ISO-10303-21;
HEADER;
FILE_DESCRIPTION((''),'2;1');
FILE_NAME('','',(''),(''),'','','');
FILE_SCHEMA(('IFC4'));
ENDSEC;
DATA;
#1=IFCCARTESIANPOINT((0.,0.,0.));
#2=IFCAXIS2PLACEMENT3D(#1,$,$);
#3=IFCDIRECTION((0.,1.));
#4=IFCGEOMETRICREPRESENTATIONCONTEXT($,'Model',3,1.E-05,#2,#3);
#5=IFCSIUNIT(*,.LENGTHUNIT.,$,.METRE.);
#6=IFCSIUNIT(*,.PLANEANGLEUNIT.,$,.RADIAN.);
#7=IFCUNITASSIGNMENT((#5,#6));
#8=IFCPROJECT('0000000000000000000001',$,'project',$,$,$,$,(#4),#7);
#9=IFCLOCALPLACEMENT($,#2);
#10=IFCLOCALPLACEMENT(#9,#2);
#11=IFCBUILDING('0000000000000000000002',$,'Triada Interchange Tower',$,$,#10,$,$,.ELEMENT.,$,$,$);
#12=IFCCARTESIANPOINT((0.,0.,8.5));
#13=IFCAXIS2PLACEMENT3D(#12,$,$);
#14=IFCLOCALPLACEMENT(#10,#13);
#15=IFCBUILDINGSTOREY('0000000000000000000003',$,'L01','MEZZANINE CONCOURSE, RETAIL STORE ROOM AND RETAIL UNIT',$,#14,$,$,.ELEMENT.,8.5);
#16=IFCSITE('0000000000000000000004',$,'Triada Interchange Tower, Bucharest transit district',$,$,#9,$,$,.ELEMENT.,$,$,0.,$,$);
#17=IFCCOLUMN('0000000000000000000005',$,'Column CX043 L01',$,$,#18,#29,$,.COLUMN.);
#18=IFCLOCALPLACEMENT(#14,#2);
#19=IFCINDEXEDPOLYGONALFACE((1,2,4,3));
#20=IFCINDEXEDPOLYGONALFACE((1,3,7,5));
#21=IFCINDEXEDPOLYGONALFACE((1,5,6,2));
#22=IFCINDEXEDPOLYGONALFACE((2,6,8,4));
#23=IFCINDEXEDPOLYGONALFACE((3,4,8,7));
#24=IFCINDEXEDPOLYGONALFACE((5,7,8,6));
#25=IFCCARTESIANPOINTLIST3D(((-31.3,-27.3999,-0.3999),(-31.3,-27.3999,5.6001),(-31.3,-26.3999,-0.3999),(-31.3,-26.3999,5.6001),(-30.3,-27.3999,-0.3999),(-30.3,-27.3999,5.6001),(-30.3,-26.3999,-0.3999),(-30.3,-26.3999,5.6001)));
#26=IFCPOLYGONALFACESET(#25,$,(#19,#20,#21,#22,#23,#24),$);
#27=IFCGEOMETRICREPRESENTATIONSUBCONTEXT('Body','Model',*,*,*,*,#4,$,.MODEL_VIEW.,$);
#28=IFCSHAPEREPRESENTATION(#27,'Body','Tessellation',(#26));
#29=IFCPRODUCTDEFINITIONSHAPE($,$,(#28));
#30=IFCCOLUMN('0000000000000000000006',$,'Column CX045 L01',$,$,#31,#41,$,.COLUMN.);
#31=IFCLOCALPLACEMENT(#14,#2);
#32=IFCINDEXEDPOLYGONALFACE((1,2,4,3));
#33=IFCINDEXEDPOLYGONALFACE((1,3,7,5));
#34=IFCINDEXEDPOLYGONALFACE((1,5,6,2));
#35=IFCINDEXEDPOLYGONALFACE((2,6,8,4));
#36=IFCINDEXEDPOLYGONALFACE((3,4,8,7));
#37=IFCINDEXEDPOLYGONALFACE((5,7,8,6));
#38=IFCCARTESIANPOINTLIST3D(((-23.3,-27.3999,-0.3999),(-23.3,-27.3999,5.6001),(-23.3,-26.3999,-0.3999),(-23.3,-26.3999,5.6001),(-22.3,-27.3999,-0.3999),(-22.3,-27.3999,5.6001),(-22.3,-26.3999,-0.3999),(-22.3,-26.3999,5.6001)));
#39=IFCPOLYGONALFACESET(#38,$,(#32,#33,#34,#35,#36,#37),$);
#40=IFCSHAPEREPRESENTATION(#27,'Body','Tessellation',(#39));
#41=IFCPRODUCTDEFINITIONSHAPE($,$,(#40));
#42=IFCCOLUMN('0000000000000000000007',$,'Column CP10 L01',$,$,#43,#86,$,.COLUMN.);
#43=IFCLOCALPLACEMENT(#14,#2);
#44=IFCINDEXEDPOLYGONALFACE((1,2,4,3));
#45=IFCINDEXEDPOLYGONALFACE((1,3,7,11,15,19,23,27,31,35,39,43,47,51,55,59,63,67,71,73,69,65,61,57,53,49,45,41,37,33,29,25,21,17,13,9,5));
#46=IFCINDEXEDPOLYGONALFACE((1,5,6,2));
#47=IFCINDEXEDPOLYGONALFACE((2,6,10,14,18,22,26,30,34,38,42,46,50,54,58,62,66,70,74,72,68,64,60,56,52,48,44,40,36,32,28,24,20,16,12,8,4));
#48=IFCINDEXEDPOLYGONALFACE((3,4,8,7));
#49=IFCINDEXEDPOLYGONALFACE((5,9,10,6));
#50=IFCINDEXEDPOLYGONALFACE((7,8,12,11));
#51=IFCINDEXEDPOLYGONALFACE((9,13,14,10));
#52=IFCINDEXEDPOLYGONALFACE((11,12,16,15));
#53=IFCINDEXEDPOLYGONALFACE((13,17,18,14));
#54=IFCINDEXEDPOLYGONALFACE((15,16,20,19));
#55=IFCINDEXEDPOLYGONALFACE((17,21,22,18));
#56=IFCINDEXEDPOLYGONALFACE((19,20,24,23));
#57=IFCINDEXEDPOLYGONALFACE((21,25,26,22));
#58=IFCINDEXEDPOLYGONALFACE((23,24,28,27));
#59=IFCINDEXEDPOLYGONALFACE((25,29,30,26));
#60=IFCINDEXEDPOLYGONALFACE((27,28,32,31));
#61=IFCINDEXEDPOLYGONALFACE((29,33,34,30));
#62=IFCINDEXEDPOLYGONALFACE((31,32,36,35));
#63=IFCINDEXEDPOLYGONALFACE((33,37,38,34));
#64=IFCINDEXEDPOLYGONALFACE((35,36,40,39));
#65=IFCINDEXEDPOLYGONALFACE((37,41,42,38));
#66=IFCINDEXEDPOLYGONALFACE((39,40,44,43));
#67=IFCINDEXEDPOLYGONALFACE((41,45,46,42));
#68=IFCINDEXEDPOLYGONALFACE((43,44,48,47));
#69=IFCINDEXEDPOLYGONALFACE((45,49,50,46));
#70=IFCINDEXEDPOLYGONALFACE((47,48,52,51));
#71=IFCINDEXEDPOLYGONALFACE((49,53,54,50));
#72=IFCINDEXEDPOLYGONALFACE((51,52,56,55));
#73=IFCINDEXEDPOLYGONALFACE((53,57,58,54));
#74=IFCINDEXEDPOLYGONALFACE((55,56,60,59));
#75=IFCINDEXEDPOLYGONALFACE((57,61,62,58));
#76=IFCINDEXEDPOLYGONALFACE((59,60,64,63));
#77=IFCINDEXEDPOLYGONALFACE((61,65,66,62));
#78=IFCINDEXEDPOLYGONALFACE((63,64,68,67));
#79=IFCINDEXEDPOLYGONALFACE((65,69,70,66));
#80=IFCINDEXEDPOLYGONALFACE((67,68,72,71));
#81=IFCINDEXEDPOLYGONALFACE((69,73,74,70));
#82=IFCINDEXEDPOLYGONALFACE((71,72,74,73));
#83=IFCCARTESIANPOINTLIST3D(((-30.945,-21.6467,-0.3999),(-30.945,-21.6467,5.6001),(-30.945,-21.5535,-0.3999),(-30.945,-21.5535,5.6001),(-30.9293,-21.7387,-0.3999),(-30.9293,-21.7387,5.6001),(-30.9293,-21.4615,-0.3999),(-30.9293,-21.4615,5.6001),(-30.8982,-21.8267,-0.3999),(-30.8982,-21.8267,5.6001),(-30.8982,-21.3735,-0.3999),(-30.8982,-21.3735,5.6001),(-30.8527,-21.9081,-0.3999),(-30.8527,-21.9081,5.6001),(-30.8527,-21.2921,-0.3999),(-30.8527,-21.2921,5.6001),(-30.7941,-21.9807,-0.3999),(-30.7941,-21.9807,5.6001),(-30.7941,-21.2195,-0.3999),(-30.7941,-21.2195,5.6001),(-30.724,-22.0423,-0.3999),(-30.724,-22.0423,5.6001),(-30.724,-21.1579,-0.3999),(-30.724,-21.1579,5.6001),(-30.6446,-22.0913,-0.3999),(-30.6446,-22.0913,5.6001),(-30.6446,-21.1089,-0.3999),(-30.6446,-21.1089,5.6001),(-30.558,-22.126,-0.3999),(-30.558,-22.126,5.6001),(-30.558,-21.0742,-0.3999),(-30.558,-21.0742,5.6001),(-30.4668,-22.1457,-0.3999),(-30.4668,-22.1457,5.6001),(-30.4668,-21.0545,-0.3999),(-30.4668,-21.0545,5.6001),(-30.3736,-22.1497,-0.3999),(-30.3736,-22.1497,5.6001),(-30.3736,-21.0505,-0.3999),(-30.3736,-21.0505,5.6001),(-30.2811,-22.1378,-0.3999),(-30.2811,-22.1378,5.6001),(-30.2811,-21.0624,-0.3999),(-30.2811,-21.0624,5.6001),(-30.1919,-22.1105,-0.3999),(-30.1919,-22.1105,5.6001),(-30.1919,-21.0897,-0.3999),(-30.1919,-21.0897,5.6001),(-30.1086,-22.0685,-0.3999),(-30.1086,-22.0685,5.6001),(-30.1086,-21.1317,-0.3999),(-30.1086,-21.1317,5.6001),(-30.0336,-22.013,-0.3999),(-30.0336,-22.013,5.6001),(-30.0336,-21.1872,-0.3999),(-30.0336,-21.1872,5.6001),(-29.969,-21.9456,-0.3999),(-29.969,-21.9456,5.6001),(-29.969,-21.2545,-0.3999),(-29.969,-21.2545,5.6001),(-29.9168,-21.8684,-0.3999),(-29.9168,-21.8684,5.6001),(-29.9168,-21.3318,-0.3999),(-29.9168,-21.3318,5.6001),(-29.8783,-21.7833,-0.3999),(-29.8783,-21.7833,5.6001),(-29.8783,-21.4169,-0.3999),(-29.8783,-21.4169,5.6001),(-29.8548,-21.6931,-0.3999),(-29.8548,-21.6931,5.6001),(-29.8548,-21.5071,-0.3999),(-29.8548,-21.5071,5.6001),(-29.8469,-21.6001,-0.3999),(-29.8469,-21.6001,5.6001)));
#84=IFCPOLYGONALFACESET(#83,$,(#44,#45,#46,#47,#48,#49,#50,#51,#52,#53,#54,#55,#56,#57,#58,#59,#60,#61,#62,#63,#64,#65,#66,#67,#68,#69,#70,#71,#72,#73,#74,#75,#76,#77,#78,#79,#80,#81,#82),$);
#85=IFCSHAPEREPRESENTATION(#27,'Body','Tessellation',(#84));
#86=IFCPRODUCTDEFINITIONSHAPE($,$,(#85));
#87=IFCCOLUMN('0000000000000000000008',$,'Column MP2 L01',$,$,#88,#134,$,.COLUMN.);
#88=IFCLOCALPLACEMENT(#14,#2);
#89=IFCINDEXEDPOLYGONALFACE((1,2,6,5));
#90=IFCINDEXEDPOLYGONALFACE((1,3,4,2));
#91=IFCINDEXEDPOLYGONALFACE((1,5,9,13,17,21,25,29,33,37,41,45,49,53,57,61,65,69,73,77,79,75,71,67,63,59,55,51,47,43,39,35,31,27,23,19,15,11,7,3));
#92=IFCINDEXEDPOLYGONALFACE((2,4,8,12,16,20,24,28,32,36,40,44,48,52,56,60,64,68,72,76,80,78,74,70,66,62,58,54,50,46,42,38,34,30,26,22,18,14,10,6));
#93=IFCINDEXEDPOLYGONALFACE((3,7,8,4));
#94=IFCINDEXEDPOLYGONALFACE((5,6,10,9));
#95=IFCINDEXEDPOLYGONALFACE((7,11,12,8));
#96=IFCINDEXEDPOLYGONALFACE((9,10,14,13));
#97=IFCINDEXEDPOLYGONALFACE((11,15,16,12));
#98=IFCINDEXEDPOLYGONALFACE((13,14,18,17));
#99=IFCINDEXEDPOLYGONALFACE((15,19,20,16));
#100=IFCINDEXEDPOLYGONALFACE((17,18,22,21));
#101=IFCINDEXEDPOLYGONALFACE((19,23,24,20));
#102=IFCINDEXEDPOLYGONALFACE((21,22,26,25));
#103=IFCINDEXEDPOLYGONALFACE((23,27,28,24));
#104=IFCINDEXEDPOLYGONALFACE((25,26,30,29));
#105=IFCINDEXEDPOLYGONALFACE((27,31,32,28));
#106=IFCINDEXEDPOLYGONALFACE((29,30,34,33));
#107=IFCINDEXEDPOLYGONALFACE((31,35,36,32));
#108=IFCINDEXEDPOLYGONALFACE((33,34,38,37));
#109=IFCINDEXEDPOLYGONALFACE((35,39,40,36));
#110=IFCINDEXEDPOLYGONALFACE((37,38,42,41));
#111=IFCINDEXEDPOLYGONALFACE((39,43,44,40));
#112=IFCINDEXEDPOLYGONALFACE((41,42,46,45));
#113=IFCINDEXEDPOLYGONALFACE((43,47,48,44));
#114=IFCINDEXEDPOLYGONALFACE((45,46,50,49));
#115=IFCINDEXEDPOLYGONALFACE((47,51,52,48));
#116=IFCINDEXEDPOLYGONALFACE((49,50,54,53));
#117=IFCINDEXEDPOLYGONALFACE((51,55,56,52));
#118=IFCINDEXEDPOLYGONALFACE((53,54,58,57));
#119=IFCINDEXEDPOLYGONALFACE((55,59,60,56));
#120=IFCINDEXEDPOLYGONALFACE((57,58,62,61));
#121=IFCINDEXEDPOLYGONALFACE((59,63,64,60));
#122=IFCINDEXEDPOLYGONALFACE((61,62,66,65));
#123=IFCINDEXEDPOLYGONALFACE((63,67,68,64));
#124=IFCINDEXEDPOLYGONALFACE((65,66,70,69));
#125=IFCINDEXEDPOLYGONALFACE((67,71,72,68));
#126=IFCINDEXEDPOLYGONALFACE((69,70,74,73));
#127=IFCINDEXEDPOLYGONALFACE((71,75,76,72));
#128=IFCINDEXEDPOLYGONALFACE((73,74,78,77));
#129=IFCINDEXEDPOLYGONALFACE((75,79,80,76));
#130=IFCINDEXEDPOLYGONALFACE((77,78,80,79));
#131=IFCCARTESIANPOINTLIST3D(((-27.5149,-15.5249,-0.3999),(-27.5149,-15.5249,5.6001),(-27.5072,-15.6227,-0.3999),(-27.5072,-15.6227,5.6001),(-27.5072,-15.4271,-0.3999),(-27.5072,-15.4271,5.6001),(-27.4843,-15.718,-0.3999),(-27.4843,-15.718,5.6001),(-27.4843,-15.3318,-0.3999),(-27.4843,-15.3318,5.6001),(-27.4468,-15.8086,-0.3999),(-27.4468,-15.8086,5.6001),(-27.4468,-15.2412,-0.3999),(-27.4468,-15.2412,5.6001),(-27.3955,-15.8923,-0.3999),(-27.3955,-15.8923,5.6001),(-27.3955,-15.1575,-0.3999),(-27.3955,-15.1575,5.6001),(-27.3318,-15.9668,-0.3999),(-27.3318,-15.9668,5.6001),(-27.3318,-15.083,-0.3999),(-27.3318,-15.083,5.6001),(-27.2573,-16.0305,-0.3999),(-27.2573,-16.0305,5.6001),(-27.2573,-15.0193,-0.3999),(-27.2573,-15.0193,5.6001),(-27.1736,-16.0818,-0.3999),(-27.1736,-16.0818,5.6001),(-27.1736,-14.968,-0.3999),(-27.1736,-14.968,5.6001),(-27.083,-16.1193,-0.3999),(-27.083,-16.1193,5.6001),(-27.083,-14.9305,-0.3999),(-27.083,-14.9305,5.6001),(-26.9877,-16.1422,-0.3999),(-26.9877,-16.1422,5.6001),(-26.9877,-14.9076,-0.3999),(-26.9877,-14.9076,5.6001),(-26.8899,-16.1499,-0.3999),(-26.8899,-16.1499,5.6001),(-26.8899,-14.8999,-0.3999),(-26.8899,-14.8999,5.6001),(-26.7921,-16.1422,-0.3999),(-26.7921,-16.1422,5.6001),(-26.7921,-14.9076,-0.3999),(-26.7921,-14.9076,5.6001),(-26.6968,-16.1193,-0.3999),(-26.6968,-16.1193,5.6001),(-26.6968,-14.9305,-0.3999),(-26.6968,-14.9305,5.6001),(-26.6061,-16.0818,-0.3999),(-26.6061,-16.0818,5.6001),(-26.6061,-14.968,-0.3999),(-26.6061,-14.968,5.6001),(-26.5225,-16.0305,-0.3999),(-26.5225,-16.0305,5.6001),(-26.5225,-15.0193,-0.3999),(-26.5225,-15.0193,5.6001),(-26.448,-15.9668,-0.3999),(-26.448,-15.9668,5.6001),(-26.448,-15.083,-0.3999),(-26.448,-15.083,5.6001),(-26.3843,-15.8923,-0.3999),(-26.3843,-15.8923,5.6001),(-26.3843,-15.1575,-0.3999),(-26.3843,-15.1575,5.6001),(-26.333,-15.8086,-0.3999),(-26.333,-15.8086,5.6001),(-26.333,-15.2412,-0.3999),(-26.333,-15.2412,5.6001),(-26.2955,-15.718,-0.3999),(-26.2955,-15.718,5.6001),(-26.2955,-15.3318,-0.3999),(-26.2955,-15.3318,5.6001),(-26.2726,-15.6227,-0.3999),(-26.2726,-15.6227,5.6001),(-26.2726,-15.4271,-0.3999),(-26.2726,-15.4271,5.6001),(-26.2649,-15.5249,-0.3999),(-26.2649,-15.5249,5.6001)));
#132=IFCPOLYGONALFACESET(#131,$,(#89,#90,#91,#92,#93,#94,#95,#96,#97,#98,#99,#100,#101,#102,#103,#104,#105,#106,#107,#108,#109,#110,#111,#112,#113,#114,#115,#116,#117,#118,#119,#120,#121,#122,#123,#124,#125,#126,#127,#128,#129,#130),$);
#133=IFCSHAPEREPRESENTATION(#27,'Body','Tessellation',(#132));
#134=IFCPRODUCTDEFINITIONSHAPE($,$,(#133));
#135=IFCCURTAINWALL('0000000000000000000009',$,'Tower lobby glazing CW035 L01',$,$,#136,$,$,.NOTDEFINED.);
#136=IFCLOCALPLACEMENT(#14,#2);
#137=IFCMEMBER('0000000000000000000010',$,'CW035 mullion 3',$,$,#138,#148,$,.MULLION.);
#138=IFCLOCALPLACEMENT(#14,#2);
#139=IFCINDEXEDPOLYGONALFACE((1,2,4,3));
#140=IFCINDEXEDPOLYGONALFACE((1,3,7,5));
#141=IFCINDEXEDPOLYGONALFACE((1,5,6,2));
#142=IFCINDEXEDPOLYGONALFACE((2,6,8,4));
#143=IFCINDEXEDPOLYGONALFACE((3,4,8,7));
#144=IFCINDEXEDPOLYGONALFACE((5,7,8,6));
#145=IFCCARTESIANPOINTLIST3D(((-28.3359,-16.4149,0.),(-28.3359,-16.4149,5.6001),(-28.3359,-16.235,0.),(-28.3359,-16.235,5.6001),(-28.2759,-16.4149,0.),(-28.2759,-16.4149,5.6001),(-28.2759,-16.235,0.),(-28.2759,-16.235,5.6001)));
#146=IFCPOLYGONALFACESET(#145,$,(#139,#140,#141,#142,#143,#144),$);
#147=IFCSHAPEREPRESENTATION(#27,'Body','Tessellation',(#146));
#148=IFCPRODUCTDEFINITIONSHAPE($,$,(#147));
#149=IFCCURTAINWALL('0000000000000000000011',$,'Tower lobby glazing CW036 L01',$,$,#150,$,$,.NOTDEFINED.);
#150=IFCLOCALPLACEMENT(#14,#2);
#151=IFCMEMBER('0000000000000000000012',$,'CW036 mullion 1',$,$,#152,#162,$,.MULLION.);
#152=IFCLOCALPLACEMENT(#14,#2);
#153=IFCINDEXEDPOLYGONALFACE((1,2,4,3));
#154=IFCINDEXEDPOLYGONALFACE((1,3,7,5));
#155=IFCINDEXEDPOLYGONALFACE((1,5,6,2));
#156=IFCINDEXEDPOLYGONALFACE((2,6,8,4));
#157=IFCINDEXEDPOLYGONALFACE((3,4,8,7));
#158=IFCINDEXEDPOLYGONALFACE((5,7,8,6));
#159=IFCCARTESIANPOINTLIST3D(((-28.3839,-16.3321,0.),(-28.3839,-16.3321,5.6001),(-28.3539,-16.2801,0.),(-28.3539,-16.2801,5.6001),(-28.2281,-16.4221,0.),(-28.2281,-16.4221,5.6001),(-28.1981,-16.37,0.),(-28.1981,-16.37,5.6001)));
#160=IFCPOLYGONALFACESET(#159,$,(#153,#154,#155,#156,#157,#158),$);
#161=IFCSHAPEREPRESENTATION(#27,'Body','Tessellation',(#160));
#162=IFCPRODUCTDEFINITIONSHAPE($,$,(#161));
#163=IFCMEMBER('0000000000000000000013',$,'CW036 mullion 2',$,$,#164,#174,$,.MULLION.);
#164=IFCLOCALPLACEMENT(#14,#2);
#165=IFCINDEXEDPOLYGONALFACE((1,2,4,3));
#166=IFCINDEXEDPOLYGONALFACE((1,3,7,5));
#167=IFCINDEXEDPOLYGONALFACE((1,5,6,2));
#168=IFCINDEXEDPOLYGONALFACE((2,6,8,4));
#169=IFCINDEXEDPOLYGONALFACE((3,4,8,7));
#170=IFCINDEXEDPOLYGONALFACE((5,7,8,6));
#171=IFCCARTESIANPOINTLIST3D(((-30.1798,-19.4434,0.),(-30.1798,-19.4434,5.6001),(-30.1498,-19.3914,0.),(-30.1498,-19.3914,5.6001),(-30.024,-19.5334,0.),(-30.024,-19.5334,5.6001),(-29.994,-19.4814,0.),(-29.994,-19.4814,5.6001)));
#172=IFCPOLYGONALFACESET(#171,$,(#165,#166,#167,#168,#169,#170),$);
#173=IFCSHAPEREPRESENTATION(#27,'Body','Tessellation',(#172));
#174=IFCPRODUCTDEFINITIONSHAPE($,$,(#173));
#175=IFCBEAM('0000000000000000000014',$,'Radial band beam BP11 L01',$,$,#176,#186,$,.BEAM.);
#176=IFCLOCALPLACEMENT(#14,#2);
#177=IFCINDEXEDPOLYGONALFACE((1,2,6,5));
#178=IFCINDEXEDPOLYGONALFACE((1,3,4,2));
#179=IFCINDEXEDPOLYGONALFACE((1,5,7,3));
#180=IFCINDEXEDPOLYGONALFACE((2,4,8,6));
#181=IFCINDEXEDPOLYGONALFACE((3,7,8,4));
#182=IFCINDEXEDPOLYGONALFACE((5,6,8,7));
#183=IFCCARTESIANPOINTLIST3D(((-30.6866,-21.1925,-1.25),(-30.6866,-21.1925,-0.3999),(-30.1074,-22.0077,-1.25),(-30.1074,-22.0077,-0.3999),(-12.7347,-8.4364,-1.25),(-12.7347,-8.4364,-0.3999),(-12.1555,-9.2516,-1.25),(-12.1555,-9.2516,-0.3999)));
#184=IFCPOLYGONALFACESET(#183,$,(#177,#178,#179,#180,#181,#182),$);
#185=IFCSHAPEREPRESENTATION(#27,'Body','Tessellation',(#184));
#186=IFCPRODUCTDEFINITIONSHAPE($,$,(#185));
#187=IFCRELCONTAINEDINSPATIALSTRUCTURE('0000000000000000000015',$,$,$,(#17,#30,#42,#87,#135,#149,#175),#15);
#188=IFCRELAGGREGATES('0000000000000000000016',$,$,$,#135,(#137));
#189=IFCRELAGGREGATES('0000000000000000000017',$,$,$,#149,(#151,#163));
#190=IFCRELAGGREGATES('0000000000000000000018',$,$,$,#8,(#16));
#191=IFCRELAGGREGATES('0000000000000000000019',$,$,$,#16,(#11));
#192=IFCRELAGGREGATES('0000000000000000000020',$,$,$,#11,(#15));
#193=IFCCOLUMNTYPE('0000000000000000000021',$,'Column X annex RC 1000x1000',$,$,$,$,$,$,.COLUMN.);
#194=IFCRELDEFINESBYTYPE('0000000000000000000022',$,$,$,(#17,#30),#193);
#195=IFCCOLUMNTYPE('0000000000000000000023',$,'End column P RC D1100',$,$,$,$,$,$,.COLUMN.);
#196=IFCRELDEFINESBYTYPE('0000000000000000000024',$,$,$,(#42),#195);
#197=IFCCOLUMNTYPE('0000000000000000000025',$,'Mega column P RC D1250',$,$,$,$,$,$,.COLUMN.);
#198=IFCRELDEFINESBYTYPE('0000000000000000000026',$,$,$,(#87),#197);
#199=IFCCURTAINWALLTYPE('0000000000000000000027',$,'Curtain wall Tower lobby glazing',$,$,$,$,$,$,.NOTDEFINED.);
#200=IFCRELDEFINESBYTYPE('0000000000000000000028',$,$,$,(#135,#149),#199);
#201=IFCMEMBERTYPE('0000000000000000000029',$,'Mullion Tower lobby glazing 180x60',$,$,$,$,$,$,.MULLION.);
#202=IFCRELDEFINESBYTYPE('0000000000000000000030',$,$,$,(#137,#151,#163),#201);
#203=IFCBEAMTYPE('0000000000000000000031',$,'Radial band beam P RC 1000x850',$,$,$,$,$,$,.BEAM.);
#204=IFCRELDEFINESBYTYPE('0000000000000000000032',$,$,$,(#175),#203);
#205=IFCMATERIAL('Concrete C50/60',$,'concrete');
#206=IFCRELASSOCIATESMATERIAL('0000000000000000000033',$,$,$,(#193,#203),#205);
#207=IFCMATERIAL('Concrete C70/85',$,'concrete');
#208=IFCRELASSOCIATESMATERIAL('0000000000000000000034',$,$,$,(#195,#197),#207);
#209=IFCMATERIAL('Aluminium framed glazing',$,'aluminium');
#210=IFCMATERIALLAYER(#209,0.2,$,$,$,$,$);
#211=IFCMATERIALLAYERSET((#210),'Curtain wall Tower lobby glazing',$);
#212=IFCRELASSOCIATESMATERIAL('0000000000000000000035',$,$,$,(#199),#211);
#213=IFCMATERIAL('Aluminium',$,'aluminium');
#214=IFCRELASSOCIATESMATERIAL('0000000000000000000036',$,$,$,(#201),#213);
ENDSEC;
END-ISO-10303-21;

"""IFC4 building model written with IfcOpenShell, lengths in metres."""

from ifc_helpers import new_model, si_unit, direction, frame, origin, origin_2d, place, context, subcontext, project, spatial, rectangle, circle, extrude, material, layer, layer_set, material_profile, profile_set, type_object, element, aggregate, save


model = new_model("IFC4")

# Units and contexts
model_context = context("Model", 3, precision=1e-05, world=origin(), true_north=direction((0.0, 1.0)))
body_context = subcontext(model_context, "Body", "Model", "MODEL_VIEW")
ifc_project = project(units=[si_unit("LENGTHUNIT", "METRE"), si_unit("PLANEANGLEUNIT", "RADIAN")], contexts=[model_context])

# Site, building, storey
site_placement = place(None, origin())
site = spatial("IfcSite", under=ifc_project, at=site_placement, Name="Triada Interchange Tower, Bucharest transit district", CompositionType="ELEMENT", RefElevation=0.0)
building_placement = place(site_placement, origin())
building = spatial("IfcBuilding", under=site, at=building_placement, Name="Triada Interchange Tower", CompositionType="ELEMENT")
storey_placement = place(building_placement, frame((0.0, 0.0, 8.5)))
storey = spatial("IfcBuildingStorey", under=building, at=storey_placement, Name="L01", Description="MEZZANINE CONCOURSE, RETAIL STORE ROOM AND RETAIL UNIT", CompositionType="ELEMENT", Elevation=8.5)

# Columns
ifc_material_1 = material(Name="Concrete C50/60", Category="concrete")
ifc_material_profile_1 = material_profile(ifc_material_1, rectangle(XDim=1.0, YDim=1.0, at=origin_2d()), Name="RC 1000x1000")
ifc_profile_set_1 = profile_set([ifc_material_profile_1], Name="Concrete C50/60")
column_type_1 = type_object("IfcColumnType", Name="Column X annex RC 1000x1000", PredefinedType="COLUMN", material=ifc_profile_set_1)
for number, where, z_axis, x_axis, name in (
    (1, (-30.8, -26.8999, -0.3999), (0.0, 0.0, 1.0), (1.0, 0.0, 0.0), "Column CX043 L01"),
    (2, (-22.8, -26.8999, -0.3999), (0.0, 0.0, 1.0), (1.0, 0.0, 0.0), "Column CX045 L01"),
):
    element("IfcColumn", number, at=place(storey_placement, frame(where, z_axis=z_axis, x_axis=x_axis)), inside=storey, type_object=column_type_1, Name=name, PredefinedType="COLUMN", context=body_context, shape_type="SweptSolid", body=[
        extrude(rectangle(XDim=1.0, YDim=1.0, at=origin_2d()), origin(), (0.0, 0.0, 1.0), 6.0),
    ])
ifc_material_2 = material(Name="Concrete C70/85", Category="concrete")
ifc_material_profile_2 = material_profile(ifc_material_2, circle(Radius=0.55, at=origin_2d()), Name="RC D1100")
ifc_profile_set_2 = profile_set([ifc_material_profile_2], Name="Concrete C70/85")
column_type_2 = type_object("IfcColumnType", Name="End column P RC D1100", PredefinedType="COLUMN", material=ifc_profile_set_2)
column_1_placement = place(storey_placement, frame((-30.397, -21.6001, -0.3999), z_axis=(0.0, 0.0, 1.0), x_axis=(1.0, 0.0, 0.0)))
element("IfcColumn", 3, at=column_1_placement, inside=storey, type_object=column_type_2, Name="Column CP10 L01", PredefinedType="COLUMN", context=body_context, shape_type="SweptSolid", body=[
    extrude(circle(Radius=0.55, at=origin_2d()), origin(), (0.0, 0.0, 1.0), 6.0),
])
ifc_material_profile_3 = material_profile(ifc_material_2, circle(Radius=0.625, at=origin_2d()), Name="RC D1250")
ifc_profile_set_3 = profile_set([ifc_material_profile_3], Name="Concrete C70/85")
column_type_3 = type_object("IfcColumnType", Name="Mega column P RC D1250", PredefinedType="COLUMN", material=ifc_profile_set_3)
column_2_placement = place(storey_placement, frame((-26.8899, -15.5249, -0.3999), z_axis=(0.0, 0.0, 1.0), x_axis=(1.0, 0.0, 0.0)))
element("IfcColumn", 4, at=column_2_placement, inside=storey, type_object=column_type_3, Name="Column MP2 L01", PredefinedType="COLUMN", context=body_context, shape_type="SweptSolid", body=[
    extrude(circle(Radius=0.625, at=origin_2d()), origin(), (0.0, 0.0, 1.0), 6.0),
])

# Curtain wall, member
ifc_material_3 = material(Name="Aluminium framed glazing", Category="aluminium")
ifc_layer_1 = layer(ifc_material_3, 0.2)
ifc_layer_set_1 = layer_set([ifc_layer_1], Name="Curtain wall Tower lobby glazing")
curtain_wall_type = type_object("IfcCurtainWallType", Name="Curtain wall Tower lobby glazing", PredefinedType="NOTDEFINED", material=ifc_layer_set_1)
curtain_wall_1_placement = place(storey_placement, origin())
curtain_wall_1 = element("IfcCurtainWall", 5, at=curtain_wall_1_placement, inside=storey, type_object=curtain_wall_type, Name="Tower lobby glazing CW035 L01", PredefinedType="NOTDEFINED")
ifc_material_4 = material(Name="Aluminium", Category="aluminium")
ifc_material_profile_4 = material_profile(ifc_material_4, rectangle(XDim=0.1799, YDim=0.0601, at=origin_2d()), Name="Aluminium mullion")
ifc_profile_set_4 = profile_set([ifc_material_profile_4], Name="Aluminium")
member_type_1 = type_object("IfcMemberType", Name="Mullion Tower lobby glazing 180x60", PredefinedType="MULLION", material=ifc_profile_set_4)
member_1_placement = place(storey_placement, frame((-28.3059, -16.325, 0.0), z_axis=(0.0, 0.0, 1.0), x_axis=(0.0, 1.0, 0.0)))
member_1 = element("IfcMember", 6, at=member_1_placement, type_object=member_type_1, Name="CW035 mullion 3", PredefinedType="MULLION", context=body_context, shape_type="SweptSolid", body=[
    extrude(rectangle(XDim=0.1799, YDim=0.0601, at=origin_2d()), origin(), (0.0, 0.0, 1.0), 5.6001),
])

# Curtain wall, members
curtain_wall_2_placement = place(storey_placement, origin())
curtain_wall_2 = element("IfcCurtainWall", 7, at=curtain_wall_2_placement, inside=storey, type_object=curtain_wall_type, Name="Tower lobby glazing CW036 L01", PredefinedType="NOTDEFINED")
member_2_placement = place(storey_placement, frame((-28.291, -16.3511, 0.0), z_axis=(0.0, 0.0, 1.0), x_axis=(0.866078, -0.49991, 0.0)))
member_2 = element("IfcMember", 8, at=member_2_placement, type_object=member_type_1, Name="CW036 mullion 1", PredefinedType="MULLION", context=body_context, shape_type="SweptSolid", body=[
    extrude(rectangle(XDim=0.1799, YDim=0.0601, at=origin_2d()), origin(), (0.0, 0.0, 1.0), 5.6001),
])
member_3_placement = place(storey_placement, frame((-30.0869, -19.4624, 0.0), z_axis=(0.0, 0.0, 1.0), x_axis=(0.866078, -0.49991, 0.0)))
member_3 = element("IfcMember", 9, at=member_3_placement, type_object=member_type_1, Name="CW036 mullion 2", PredefinedType="MULLION", context=body_context, shape_type="SweptSolid", body=[
    extrude(rectangle(XDim=0.1799, YDim=0.0601, at=origin_2d()), origin(), (0.0, 0.0, 1.0), 5.6001),
])

# Beam
ifc_material_profile_5 = material_profile(ifc_material_1, rectangle(XDim=1.0, YDim=0.8501, at=origin_2d()), Name="RC 1000x850")
ifc_profile_set_5 = profile_set([ifc_material_profile_5], Name="Concrete C50/60")
beam_type_1 = type_object("IfcBeamType", Name="Radial band beam P RC 1000x850", PredefinedType="BEAM", material=ifc_profile_set_5)
beam_1_placement = place(storey_placement, frame((-30.397, -21.6001, -0.825), z_axis=(0.815163, 0.579231, 0.0), x_axis=(-0.579231, 0.815163, 0.0)))
element("IfcBeam", 10, at=beam_1_placement, inside=storey, type_object=beam_type_1, Name="Radial band beam BP11 L01", PredefinedType="BEAM", context=body_context, shape_type="SweptSolid", body=[
    extrude(rectangle(XDim=1.0, YDim=0.8501, at=origin_2d()), origin(), (0.0, 0.0, 1.0), 22.0225),
])

aggregate(curtain_wall_1, [member_1])
aggregate(curtain_wall_2, [member_2, member_3])

save(model, "model.ifc")
